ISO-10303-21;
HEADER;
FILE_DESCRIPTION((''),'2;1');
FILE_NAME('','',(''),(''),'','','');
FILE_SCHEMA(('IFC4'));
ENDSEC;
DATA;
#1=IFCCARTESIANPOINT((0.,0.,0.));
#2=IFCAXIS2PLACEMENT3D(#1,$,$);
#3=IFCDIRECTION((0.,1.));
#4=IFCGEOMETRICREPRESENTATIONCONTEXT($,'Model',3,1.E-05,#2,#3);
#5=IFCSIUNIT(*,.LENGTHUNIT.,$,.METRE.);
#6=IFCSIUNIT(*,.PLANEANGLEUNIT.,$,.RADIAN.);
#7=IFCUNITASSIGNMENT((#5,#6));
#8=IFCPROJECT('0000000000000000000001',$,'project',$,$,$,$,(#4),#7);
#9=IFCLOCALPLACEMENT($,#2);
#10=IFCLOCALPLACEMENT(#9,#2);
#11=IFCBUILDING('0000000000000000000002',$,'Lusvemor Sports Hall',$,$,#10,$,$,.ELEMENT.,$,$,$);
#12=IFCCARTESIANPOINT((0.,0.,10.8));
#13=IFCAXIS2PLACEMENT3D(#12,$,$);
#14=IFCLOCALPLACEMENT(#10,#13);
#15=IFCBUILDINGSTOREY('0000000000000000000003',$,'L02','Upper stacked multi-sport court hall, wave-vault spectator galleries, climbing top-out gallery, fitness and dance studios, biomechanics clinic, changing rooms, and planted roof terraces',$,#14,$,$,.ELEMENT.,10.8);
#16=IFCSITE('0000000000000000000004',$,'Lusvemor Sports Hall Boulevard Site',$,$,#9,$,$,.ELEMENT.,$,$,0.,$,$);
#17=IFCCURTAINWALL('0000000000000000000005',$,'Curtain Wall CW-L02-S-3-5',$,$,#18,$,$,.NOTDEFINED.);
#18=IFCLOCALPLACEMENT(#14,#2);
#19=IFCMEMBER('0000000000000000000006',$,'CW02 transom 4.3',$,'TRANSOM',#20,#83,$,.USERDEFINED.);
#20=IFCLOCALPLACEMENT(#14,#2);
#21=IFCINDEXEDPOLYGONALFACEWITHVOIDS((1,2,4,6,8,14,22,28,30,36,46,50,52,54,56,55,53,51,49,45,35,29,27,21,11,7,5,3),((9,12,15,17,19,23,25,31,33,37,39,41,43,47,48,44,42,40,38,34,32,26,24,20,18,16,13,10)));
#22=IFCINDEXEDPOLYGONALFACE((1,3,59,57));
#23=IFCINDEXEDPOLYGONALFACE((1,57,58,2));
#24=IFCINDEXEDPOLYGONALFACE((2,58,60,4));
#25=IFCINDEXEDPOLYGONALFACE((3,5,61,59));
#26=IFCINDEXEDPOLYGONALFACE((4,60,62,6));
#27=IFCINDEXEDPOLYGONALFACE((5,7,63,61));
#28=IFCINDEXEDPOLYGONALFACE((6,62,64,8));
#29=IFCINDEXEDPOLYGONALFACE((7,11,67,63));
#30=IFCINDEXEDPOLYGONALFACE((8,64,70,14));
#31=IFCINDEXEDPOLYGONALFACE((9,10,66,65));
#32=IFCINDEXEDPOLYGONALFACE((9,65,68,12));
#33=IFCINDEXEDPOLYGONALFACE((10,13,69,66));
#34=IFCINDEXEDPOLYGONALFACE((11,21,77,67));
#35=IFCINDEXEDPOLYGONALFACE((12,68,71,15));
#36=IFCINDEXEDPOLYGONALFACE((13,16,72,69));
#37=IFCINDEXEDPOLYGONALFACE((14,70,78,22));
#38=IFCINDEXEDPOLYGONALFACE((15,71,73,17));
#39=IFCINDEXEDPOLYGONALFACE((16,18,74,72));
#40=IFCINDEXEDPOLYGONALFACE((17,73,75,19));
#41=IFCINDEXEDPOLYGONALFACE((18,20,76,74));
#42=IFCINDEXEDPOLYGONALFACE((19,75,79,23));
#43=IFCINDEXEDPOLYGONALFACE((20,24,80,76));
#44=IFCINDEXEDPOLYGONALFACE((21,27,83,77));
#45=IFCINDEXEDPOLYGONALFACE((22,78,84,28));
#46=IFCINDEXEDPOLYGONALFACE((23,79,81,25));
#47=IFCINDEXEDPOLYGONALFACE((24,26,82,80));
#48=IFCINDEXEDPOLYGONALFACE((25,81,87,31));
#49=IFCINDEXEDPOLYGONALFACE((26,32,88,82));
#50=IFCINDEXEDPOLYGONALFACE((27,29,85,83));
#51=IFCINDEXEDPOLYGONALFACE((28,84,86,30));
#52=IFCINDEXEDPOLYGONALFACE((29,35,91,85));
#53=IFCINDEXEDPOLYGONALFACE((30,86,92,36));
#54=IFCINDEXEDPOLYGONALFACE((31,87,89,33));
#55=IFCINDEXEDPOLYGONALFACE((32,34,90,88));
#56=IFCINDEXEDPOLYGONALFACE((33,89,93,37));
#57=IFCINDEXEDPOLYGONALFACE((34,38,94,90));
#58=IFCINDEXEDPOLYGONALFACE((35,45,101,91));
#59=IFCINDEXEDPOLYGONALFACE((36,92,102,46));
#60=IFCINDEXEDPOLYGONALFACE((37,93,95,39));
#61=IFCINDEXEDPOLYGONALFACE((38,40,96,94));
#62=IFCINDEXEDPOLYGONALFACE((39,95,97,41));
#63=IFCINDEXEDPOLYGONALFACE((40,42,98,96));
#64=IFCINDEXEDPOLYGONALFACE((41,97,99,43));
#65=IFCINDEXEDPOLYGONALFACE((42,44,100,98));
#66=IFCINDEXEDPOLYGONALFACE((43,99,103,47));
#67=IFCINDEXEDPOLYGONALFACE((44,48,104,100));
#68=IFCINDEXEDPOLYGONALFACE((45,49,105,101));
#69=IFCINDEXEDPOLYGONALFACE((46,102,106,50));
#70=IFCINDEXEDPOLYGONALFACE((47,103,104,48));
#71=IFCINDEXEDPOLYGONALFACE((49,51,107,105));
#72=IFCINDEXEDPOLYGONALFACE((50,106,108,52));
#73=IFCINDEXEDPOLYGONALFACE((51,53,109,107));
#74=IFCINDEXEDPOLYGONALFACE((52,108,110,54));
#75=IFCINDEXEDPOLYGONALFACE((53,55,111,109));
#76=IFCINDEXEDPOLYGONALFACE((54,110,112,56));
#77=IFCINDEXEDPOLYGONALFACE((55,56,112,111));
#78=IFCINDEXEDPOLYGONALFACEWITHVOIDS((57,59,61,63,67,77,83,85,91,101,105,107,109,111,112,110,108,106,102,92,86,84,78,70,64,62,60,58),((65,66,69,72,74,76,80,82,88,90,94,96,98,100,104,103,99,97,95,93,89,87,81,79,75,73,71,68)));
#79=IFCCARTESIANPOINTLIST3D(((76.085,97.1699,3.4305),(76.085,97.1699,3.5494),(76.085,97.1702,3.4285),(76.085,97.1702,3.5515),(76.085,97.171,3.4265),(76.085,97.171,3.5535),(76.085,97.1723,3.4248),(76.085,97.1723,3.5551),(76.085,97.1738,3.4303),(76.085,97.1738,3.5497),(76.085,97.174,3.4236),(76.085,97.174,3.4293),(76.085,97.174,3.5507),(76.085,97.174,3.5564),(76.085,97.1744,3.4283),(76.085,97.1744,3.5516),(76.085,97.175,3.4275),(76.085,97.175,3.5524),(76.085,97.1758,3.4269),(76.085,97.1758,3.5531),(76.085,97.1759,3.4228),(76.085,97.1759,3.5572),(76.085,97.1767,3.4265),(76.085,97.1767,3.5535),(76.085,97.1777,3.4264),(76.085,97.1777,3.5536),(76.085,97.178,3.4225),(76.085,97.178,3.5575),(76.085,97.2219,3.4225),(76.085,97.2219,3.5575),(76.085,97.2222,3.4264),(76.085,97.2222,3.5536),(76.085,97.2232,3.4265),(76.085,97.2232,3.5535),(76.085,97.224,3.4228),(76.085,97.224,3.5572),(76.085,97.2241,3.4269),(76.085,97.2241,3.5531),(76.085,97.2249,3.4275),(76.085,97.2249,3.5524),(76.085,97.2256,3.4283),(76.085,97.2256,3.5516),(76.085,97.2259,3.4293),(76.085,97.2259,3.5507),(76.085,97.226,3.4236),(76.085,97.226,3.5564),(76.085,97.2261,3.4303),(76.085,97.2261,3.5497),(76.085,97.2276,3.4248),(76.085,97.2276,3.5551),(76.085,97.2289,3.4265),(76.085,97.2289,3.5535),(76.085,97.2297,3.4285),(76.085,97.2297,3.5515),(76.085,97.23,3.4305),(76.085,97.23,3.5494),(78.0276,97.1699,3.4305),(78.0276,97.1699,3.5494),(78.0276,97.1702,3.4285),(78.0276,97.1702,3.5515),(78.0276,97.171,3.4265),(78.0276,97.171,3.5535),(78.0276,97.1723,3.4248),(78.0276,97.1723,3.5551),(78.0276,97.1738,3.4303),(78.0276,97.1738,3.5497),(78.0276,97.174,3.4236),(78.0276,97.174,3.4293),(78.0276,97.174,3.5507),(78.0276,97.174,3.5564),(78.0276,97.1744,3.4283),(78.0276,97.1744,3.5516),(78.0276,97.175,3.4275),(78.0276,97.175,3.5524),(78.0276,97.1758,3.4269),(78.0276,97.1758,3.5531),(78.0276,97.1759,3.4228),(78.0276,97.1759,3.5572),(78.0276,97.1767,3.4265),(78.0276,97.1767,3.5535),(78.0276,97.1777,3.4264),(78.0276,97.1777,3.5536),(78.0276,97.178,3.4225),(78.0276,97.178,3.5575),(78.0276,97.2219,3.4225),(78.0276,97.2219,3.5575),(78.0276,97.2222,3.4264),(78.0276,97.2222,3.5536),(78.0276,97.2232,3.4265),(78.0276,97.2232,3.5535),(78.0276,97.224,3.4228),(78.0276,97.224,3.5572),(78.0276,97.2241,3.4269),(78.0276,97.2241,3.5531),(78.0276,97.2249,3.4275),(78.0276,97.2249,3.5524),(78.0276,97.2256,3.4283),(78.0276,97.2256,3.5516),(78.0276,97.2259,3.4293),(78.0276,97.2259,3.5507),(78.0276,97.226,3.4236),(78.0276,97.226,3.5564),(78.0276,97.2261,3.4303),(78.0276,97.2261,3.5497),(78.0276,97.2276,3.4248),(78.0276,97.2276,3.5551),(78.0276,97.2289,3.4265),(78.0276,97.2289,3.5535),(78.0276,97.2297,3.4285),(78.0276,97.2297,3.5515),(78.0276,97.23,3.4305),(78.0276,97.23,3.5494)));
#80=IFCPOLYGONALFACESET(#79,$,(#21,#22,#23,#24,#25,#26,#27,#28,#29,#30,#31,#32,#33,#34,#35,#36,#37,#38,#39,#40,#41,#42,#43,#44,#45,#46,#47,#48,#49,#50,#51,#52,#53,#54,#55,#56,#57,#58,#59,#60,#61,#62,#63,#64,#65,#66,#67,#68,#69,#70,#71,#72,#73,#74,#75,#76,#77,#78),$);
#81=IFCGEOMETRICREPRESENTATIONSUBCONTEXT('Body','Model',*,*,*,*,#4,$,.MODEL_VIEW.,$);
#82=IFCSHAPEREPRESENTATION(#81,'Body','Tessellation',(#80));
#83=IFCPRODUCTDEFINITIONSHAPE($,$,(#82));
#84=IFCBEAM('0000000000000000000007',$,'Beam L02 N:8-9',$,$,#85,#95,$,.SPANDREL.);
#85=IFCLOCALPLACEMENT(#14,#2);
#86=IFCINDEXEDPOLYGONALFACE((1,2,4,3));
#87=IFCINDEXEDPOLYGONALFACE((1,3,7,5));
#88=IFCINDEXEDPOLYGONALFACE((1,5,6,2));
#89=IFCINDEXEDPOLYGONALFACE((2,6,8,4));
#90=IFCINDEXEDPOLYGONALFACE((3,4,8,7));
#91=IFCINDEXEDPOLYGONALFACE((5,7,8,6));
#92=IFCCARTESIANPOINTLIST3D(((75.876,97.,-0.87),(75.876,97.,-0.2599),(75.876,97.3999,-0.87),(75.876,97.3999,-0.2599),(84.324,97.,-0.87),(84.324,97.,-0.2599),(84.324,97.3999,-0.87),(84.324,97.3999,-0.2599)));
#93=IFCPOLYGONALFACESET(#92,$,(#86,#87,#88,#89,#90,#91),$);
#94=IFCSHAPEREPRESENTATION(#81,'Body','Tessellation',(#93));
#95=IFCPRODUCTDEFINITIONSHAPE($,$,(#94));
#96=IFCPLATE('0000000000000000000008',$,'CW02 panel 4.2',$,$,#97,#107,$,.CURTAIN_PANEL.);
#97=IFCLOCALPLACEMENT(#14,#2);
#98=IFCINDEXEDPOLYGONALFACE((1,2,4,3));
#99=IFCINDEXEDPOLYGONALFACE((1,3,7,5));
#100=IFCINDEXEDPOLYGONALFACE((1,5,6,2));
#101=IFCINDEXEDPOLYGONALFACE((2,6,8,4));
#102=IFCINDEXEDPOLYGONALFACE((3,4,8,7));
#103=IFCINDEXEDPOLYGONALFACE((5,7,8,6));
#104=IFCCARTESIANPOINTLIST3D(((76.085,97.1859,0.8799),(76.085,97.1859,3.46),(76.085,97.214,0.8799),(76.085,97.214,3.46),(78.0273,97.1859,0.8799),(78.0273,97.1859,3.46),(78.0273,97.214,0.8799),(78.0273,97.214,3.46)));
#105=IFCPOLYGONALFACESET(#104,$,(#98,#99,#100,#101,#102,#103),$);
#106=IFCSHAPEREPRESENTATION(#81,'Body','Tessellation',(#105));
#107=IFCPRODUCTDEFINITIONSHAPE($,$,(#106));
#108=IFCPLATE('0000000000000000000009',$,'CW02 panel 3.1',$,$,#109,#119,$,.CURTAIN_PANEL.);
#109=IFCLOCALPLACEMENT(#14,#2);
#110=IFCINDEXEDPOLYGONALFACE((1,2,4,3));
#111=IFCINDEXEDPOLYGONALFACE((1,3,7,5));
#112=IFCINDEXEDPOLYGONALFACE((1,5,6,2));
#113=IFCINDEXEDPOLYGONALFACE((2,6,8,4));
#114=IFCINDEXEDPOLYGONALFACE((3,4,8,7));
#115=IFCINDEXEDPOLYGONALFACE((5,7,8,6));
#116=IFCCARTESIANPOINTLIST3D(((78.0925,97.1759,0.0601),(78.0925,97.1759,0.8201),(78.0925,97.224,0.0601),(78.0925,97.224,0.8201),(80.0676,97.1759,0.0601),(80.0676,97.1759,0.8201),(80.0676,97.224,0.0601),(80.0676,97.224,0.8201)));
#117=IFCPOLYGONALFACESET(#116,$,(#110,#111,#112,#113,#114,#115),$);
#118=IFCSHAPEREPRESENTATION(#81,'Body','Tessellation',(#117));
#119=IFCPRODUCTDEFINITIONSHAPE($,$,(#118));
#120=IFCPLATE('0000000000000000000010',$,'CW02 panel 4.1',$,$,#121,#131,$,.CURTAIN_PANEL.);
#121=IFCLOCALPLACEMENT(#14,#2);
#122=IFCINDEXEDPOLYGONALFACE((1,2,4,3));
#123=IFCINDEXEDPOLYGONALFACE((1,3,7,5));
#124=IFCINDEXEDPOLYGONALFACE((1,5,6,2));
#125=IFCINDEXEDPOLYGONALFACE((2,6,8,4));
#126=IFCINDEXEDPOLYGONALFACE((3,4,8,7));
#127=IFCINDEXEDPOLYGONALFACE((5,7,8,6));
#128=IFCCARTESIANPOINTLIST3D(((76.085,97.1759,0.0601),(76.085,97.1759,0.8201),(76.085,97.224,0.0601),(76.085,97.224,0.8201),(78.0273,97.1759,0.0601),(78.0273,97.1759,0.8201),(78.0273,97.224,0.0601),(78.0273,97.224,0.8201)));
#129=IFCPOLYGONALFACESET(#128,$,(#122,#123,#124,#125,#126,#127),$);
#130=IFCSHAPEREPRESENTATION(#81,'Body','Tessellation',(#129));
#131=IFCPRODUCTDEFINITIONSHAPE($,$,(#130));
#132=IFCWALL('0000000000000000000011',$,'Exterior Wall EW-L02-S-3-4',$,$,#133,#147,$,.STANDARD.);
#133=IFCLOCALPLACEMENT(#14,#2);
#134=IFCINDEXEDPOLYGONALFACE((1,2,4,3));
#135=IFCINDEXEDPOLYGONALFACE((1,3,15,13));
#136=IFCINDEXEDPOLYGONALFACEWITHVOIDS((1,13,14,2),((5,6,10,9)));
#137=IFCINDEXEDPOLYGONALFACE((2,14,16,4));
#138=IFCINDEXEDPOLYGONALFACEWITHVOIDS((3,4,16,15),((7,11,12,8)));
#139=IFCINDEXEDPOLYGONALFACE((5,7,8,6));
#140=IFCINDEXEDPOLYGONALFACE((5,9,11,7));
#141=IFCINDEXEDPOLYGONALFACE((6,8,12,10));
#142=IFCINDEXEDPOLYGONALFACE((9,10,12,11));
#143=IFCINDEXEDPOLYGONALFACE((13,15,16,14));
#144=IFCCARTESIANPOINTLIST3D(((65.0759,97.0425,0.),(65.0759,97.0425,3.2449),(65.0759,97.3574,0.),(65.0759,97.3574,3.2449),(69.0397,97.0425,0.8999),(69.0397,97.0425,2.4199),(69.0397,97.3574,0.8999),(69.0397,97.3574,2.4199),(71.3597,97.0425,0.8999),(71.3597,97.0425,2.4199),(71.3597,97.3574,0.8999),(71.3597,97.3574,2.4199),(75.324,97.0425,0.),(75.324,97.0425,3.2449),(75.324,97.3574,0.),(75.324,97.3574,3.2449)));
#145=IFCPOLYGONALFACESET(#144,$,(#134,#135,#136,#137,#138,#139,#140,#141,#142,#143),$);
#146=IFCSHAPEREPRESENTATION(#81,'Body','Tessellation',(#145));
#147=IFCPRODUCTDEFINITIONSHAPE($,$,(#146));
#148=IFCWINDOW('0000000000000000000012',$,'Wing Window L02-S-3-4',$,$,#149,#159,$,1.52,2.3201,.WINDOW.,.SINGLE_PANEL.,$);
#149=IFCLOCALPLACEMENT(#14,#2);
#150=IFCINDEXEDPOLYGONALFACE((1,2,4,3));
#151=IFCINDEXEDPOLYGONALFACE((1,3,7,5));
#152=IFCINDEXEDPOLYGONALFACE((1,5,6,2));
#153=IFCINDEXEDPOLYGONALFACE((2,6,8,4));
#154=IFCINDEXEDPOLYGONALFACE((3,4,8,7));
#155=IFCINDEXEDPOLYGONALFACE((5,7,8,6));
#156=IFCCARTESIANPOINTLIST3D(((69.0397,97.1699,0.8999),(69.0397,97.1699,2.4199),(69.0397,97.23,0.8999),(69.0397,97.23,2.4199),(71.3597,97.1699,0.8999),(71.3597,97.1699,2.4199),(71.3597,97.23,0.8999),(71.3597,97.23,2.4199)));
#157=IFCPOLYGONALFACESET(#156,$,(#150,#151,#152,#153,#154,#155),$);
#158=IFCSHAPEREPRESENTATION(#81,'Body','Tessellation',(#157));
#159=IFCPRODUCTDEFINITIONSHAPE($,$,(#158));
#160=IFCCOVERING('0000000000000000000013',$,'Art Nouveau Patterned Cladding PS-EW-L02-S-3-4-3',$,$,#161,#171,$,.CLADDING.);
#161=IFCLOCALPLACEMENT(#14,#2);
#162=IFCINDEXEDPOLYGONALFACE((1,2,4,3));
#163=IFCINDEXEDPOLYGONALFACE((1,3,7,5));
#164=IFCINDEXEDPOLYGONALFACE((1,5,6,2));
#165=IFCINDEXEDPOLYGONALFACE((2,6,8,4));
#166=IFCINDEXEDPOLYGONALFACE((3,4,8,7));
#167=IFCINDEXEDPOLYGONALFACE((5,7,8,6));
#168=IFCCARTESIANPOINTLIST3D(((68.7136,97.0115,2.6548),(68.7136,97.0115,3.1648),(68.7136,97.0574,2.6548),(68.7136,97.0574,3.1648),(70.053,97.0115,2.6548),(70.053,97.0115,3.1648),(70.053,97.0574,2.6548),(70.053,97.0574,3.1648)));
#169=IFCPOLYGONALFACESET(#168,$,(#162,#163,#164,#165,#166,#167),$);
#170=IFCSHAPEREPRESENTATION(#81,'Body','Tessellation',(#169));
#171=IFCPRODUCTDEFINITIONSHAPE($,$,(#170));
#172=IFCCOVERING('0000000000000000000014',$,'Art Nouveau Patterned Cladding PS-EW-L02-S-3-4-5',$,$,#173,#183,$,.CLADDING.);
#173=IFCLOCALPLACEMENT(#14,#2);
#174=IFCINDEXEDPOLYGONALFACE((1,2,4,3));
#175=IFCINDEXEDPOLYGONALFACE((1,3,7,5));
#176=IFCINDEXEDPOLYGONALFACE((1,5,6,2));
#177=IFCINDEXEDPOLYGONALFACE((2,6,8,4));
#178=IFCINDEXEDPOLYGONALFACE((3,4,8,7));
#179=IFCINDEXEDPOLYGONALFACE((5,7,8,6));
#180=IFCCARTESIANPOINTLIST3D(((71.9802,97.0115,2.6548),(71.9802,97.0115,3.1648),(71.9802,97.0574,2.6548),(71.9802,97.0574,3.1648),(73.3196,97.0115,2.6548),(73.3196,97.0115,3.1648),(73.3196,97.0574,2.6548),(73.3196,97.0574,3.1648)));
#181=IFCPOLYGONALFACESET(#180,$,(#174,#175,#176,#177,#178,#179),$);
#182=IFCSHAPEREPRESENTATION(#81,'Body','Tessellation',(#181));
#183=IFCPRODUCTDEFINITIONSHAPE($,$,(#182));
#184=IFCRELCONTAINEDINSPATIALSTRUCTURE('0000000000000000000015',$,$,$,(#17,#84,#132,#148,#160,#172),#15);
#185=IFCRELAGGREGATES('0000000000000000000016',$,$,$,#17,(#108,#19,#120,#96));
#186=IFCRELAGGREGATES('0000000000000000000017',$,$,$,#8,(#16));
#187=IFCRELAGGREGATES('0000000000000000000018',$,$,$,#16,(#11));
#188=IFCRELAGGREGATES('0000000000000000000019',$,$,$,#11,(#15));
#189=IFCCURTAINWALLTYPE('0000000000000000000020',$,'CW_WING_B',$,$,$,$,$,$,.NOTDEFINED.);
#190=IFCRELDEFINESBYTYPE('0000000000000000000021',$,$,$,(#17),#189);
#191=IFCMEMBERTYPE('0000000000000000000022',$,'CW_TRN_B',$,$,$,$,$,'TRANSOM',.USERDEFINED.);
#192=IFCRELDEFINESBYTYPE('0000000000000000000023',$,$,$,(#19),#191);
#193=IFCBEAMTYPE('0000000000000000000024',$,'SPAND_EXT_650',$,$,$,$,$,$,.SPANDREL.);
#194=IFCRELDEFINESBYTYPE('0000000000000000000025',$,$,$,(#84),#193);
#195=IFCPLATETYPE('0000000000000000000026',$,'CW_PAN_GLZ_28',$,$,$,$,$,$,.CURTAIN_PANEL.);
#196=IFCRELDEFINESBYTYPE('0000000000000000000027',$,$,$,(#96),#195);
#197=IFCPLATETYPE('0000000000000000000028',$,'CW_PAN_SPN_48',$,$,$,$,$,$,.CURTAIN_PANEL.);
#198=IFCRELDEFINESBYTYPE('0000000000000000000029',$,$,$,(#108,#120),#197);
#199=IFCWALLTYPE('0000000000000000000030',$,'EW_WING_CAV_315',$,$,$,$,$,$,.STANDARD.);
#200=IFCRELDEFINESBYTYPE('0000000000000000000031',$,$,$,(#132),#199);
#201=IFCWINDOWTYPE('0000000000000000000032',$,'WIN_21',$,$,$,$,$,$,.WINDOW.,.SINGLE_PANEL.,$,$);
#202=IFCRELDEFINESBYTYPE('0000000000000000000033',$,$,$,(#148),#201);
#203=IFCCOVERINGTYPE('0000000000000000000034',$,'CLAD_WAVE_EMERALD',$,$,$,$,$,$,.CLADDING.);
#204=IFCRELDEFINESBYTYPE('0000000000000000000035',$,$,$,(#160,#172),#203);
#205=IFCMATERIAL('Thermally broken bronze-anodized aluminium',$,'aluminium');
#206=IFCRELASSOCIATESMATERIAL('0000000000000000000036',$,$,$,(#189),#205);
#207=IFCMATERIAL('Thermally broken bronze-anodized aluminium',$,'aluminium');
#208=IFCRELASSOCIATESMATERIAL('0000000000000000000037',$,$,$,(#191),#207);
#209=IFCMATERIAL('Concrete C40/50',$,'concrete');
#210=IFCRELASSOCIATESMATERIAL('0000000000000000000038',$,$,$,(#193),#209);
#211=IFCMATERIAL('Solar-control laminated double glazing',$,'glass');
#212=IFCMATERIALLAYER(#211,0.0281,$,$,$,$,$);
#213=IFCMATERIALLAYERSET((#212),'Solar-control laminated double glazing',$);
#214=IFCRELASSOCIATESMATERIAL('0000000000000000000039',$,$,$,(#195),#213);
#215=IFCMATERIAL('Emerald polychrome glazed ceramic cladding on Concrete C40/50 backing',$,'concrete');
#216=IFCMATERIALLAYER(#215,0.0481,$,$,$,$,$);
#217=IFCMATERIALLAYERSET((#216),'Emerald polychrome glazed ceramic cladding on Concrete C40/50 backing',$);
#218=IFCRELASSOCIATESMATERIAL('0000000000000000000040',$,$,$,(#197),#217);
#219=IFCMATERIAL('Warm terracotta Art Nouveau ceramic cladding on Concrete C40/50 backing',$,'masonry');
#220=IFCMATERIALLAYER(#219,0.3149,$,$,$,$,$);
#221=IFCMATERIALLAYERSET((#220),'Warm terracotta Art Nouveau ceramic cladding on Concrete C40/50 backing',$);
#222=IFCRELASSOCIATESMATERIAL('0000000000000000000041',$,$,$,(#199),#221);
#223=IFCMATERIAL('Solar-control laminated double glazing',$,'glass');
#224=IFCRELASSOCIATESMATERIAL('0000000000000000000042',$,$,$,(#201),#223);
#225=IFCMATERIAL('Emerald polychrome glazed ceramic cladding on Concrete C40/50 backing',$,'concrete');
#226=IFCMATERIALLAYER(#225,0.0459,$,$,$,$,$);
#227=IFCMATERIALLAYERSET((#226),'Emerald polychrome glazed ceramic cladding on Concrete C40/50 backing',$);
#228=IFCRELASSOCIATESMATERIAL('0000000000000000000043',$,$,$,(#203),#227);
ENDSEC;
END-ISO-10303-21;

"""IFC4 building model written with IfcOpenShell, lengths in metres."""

from ifc_helpers import new_model, si_unit, direction, frame, frame_2d, origin, origin_2d, place, context, subcontext, project, spatial, rectangle, hollow_rectangle, extrude, material, layer, layer_set, material_profile, profile_set, type_object, element, fill, aggregate, save


model = new_model("IFC4")

# Units and contexts
model_context = context("Model", 3, precision=1e-05, world=origin(), true_north=direction((0.0, 1.0)))
body_context = subcontext(model_context, "Body", "Model", "MODEL_VIEW")
ifc_project = project(units=[si_unit("LENGTHUNIT", "METRE"), si_unit("PLANEANGLEUNIT", "RADIAN")], contexts=[model_context])

# Site, building, storey
site_placement = place(None, origin())
site = spatial("IfcSite", under=ifc_project, at=site_placement, Name="Lusvemor Sports Hall Boulevard Site", CompositionType="ELEMENT", RefElevation=0.0)
building_placement = place(site_placement, origin())
building = spatial("IfcBuilding", under=site, at=building_placement, Name="Lusvemor Sports Hall", CompositionType="ELEMENT")
storey_placement = place(building_placement, frame((0.0, 0.0, 10.8)))
storey = spatial("IfcBuildingStorey", under=building, at=storey_placement, Name="L02", Description="Upper stacked multi-sport court hall, wave-vault spectator galleries, climbing top-out gallery, fitness and dance studios, biomechanics clinic, changing rooms, and planted roof terraces", CompositionType="ELEMENT", Elevation=10.8)

# Curtain wall, member
ifc_material_1 = material(Name="Thermally broken bronze-anodized aluminium", Category="aluminium")
curtain_wall_type = type_object("IfcCurtainWallType", Name="CW_WING_B", PredefinedType="NOTDEFINED", material=ifc_material_1)
curtain_wall_placement = place(storey_placement, origin())
curtain_wall = element("IfcCurtainWall", 1, at=curtain_wall_placement, inside=storey, type_object=curtain_wall_type, Name="Curtain Wall CW-L02-S-3-5", PredefinedType="NOTDEFINED")
ifc_material_2 = material(Name="Thermally broken bronze-anodized aluminium", Category="aluminium")
ifc_material_profile_1 = material_profile(ifc_material_2, hollow_rectangle(XDim=0.0601, YDim=0.135, WallThickness=0.0039, InnerFilletRadius=0.0039, OuterFilletRadius=0.0081, at=origin_2d()), Name="CWTRN135x60x4")
ifc_profile_set_1 = profile_set([ifc_material_profile_1], Name="Thermally broken bronze-anodized aluminium")
member_type_1 = type_object("IfcMemberType", Name="CW_TRN_B", ElementType="TRANSOM", PredefinedType="USERDEFINED", material=ifc_profile_set_1)
member_1_placement = place(storey_placement, frame((78.0276, 97.2, 3.49), z_axis=(-1.0, 0.0, 0.0), x_axis=(0.0, -1.0, 0.0)))
member_1 = element("IfcMember", 2, at=member_1_placement, type_object=member_type_1, Name="CW02 transom 4.3", ObjectType="TRANSOM", PredefinedType="USERDEFINED", context=body_context, shape_type="SweptSolid", body=[
    extrude(hollow_rectangle(XDim=0.0601, YDim=0.135, WallThickness=0.0039, InnerFilletRadius=0.0039, OuterFilletRadius=0.0081, at=origin_2d()), origin(), (0.0, 0.0, 1.0), 1.9426),
])

# Beam
ifc_material_3 = material(Name="Concrete C40/50", Category="concrete")
ifc_material_profile_2 = material_profile(ifc_material_3, rectangle(XDim=0.3999, YDim=0.6101, at=origin_2d()), Name="RC400x610")
ifc_profile_set_2 = profile_set([ifc_material_profile_2], Name="Concrete C40/50")
beam_type = type_object("IfcBeamType", Name="SPAND_EXT_650", PredefinedType="SPANDREL", material=ifc_profile_set_2)
beam_placement = place(storey_placement, frame((75.876, 97.2, -0.5649), z_axis=(1.0, 0.0, 0.0), x_axis=(0.0, 1.0, 0.0)))
element("IfcBeam", 3, at=beam_placement, inside=storey, type_object=beam_type, Name="Beam L02 N:8-9", PredefinedType="SPANDREL", context=body_context, shape_type="SweptSolid", body=[
    extrude(rectangle(XDim=0.3999, YDim=0.6101, at=origin_2d()), origin(), (0.0, 0.0, 1.0), 8.448),
])

# Plates
ifc_material_4 = material(Name="Solar-control laminated double glazing", Category="glass")
ifc_layer_1 = layer(ifc_material_4, 0.0281)
ifc_layer_set_1 = layer_set([ifc_layer_1], Name="Solar-control laminated double glazing")
plate_type_1 = type_object("IfcPlateType", Name="CW_PAN_GLZ_28", PredefinedType="CURTAIN_PANEL", material=ifc_layer_set_1)
plate_1_placement = place(storey_placement, frame((77.0562, 97.2, 0.8799), z_axis=(0.0, 0.0, 1.0), x_axis=(-1.0, 0.0, 0.0)))
plate_1 = element("IfcPlate", 4, at=plate_1_placement, type_object=plate_type_1, Name="CW02 panel 4.2", PredefinedType="CURTAIN_PANEL", context=body_context, shape_type="SweptSolid", body=[
    extrude(rectangle(XDim=1.9424, YDim=0.0281, at=origin_2d()), origin(), (0.0, 0.0, 1.0), 2.5801),
])
ifc_material_5 = material(Name="Emerald polychrome glazed ceramic cladding on Concrete C40/50 backing", Category="concrete")
ifc_layer_2 = layer(ifc_material_5, 0.0481)
ifc_layer_set_2 = layer_set([ifc_layer_2], Name="Emerald polychrome glazed ceramic cladding on Concrete C40/50 backing")
plate_type_2 = type_object("IfcPlateType", Name="CW_PAN_SPN_48", PredefinedType="CURTAIN_PANEL", material=ifc_layer_set_2)
plate_2_placement = place(storey_placement, frame((79.0801, 97.2, 0.0601), z_axis=(0.0, 0.0, 1.0), x_axis=(-1.0, 0.0, 0.0)))
plate_2 = element("IfcPlate", 5, at=plate_2_placement, type_object=plate_type_2, Name="CW02 panel 3.1", PredefinedType="CURTAIN_PANEL", context=body_context, shape_type="SweptSolid", body=[
    extrude(rectangle(XDim=1.9751, YDim=0.0481, at=origin_2d()), origin(), (0.0, 0.0, 1.0), 0.76),
])
plate_3_placement = place(storey_placement, frame((77.0562, 97.2, 0.0601), z_axis=(0.0, 0.0, 1.0), x_axis=(-1.0, 0.0, 0.0)))
plate_3 = element("IfcPlate", 6, at=plate_3_placement, type_object=plate_type_2, Name="CW02 panel 4.1", PredefinedType="CURTAIN_PANEL", context=body_context, shape_type="SweptSolid", body=[
    extrude(rectangle(XDim=1.9424, YDim=0.0481, at=origin_2d()), origin(), (0.0, 0.0, 1.0), 0.76),
])
aggregate(curtain_wall, [plate_2, member_1, plate_3, plate_1])

# Wall, opening, window
ifc_material_6 = material(Name="Warm terracotta Art Nouveau ceramic cladding on Concrete C40/50 backing", Category="masonry")
ifc_layer_3 = layer(ifc_material_6, 0.3149)
ifc_layer_set_3 = layer_set([ifc_layer_3], Name="Warm terracotta Art Nouveau ceramic cladding on Concrete C40/50 backing")
wall_type = type_object("IfcWallType", Name="EW_WING_CAV_315", PredefinedType="STANDARD", material=ifc_layer_set_3)
wall_placement = place(storey_placement, frame((75.324, 97.2, 0.0), z_axis=(0.0, 0.0, 1.0), x_axis=(-1.0, 0.0, 0.0)))
wall = element("IfcWall", 7, at=wall_placement, inside=storey, type_object=wall_type, Name="Exterior Wall EW-L02-S-3-4", PredefinedType="STANDARD", context=body_context, shape_type="SweptSolid", body=[
    extrude(rectangle(XDim=10.248, YDim=0.3149, at=frame_2d((5.124, 0.0))), origin(), (0.0, 0.0, 1.0), 3.2449),
])
opening_placement = place(wall_placement, frame((3.9641, 0.0, 0.8999)))
opening = element("IfcOpeningElement", 8, at=opening_placement, cuts=wall, PredefinedType="OPENING", context=body_context, shape_type="SweptSolid", body=[
    extrude(rectangle(XDim=2.3201, YDim=1.52, at=frame_2d((1.1602, 0.76))), frame((0.0, 0.1575, 0.0), z_axis=(0.0, -1.0, 0.0), x_axis=(1.0, 0.0, 0.0)), (0.0, 0.0, 1.0), 0.3149),
])
ifc_material_7 = material(Name="Solar-control laminated double glazing", Category="glass")
window_type = type_object("IfcWindowType", Name="WIN_21", PartitioningType="SINGLE_PANEL", PredefinedType="WINDOW", material=ifc_material_7)
window_placement = place(opening_placement, origin())
window = element("IfcWindow", 9, at=window_placement, inside=storey, type_object=window_type, Name="Wing Window L02-S-3-4", OverallHeight=1.52, OverallWidth=2.3201, PartitioningType="SINGLE_PANEL", PredefinedType="WINDOW", context=body_context, shape_type="SweptSolid", body=[
    extrude(rectangle(XDim=2.3201, YDim=1.52, at=frame_2d((1.1602, 0.76))), frame((0.0, 0.03, 0.0), z_axis=(0.0, -1.0, 0.0), x_axis=(1.0, 0.0, 0.0)), (0.0, 0.0, 1.0), 0.0601),
])
fill(opening, window)

# Coverings
ifc_material_8 = material(Name="Emerald polychrome glazed ceramic cladding on Concrete C40/50 backing", Category="concrete")
ifc_layer_4 = layer(ifc_material_8, 0.0459)
ifc_layer_set_4 = layer_set([ifc_layer_4], Name="Emerald polychrome glazed ceramic cladding on Concrete C40/50 backing")
covering_type_1 = type_object("IfcCoveringType", Name="CLAD_WAVE_EMERALD", PredefinedType="CLADDING", material=ifc_layer_set_4)
for number, where, z_axis, x_axis, name in (
    (10, (69.3833, 97.0344, 2.6548), (0.0, 0.0, 1.0), (1.0, 0.0, 0.0), "Art Nouveau Patterned Cladding PS-EW-L02-S-3-4-3"),
    (11, (72.6499, 97.0344, 2.6548), (0.0, 0.0, 1.0), (1.0, 0.0, 0.0), "Art Nouveau Patterned Cladding PS-EW-L02-S-3-4-5"),
):
    element("IfcCovering", number, at=place(storey_placement, frame(where, z_axis=z_axis, x_axis=x_axis)), inside=storey, type_object=covering_type_1, Name=name, PredefinedType="CLADDING", context=body_context, shape_type="SweptSolid", body=[
        extrude(rectangle(XDim=1.3394, YDim=0.0459, at=origin_2d()), origin(), (0.0, 0.0, 1.0), 0.51),
    ])

save(model, "model.ifc")
